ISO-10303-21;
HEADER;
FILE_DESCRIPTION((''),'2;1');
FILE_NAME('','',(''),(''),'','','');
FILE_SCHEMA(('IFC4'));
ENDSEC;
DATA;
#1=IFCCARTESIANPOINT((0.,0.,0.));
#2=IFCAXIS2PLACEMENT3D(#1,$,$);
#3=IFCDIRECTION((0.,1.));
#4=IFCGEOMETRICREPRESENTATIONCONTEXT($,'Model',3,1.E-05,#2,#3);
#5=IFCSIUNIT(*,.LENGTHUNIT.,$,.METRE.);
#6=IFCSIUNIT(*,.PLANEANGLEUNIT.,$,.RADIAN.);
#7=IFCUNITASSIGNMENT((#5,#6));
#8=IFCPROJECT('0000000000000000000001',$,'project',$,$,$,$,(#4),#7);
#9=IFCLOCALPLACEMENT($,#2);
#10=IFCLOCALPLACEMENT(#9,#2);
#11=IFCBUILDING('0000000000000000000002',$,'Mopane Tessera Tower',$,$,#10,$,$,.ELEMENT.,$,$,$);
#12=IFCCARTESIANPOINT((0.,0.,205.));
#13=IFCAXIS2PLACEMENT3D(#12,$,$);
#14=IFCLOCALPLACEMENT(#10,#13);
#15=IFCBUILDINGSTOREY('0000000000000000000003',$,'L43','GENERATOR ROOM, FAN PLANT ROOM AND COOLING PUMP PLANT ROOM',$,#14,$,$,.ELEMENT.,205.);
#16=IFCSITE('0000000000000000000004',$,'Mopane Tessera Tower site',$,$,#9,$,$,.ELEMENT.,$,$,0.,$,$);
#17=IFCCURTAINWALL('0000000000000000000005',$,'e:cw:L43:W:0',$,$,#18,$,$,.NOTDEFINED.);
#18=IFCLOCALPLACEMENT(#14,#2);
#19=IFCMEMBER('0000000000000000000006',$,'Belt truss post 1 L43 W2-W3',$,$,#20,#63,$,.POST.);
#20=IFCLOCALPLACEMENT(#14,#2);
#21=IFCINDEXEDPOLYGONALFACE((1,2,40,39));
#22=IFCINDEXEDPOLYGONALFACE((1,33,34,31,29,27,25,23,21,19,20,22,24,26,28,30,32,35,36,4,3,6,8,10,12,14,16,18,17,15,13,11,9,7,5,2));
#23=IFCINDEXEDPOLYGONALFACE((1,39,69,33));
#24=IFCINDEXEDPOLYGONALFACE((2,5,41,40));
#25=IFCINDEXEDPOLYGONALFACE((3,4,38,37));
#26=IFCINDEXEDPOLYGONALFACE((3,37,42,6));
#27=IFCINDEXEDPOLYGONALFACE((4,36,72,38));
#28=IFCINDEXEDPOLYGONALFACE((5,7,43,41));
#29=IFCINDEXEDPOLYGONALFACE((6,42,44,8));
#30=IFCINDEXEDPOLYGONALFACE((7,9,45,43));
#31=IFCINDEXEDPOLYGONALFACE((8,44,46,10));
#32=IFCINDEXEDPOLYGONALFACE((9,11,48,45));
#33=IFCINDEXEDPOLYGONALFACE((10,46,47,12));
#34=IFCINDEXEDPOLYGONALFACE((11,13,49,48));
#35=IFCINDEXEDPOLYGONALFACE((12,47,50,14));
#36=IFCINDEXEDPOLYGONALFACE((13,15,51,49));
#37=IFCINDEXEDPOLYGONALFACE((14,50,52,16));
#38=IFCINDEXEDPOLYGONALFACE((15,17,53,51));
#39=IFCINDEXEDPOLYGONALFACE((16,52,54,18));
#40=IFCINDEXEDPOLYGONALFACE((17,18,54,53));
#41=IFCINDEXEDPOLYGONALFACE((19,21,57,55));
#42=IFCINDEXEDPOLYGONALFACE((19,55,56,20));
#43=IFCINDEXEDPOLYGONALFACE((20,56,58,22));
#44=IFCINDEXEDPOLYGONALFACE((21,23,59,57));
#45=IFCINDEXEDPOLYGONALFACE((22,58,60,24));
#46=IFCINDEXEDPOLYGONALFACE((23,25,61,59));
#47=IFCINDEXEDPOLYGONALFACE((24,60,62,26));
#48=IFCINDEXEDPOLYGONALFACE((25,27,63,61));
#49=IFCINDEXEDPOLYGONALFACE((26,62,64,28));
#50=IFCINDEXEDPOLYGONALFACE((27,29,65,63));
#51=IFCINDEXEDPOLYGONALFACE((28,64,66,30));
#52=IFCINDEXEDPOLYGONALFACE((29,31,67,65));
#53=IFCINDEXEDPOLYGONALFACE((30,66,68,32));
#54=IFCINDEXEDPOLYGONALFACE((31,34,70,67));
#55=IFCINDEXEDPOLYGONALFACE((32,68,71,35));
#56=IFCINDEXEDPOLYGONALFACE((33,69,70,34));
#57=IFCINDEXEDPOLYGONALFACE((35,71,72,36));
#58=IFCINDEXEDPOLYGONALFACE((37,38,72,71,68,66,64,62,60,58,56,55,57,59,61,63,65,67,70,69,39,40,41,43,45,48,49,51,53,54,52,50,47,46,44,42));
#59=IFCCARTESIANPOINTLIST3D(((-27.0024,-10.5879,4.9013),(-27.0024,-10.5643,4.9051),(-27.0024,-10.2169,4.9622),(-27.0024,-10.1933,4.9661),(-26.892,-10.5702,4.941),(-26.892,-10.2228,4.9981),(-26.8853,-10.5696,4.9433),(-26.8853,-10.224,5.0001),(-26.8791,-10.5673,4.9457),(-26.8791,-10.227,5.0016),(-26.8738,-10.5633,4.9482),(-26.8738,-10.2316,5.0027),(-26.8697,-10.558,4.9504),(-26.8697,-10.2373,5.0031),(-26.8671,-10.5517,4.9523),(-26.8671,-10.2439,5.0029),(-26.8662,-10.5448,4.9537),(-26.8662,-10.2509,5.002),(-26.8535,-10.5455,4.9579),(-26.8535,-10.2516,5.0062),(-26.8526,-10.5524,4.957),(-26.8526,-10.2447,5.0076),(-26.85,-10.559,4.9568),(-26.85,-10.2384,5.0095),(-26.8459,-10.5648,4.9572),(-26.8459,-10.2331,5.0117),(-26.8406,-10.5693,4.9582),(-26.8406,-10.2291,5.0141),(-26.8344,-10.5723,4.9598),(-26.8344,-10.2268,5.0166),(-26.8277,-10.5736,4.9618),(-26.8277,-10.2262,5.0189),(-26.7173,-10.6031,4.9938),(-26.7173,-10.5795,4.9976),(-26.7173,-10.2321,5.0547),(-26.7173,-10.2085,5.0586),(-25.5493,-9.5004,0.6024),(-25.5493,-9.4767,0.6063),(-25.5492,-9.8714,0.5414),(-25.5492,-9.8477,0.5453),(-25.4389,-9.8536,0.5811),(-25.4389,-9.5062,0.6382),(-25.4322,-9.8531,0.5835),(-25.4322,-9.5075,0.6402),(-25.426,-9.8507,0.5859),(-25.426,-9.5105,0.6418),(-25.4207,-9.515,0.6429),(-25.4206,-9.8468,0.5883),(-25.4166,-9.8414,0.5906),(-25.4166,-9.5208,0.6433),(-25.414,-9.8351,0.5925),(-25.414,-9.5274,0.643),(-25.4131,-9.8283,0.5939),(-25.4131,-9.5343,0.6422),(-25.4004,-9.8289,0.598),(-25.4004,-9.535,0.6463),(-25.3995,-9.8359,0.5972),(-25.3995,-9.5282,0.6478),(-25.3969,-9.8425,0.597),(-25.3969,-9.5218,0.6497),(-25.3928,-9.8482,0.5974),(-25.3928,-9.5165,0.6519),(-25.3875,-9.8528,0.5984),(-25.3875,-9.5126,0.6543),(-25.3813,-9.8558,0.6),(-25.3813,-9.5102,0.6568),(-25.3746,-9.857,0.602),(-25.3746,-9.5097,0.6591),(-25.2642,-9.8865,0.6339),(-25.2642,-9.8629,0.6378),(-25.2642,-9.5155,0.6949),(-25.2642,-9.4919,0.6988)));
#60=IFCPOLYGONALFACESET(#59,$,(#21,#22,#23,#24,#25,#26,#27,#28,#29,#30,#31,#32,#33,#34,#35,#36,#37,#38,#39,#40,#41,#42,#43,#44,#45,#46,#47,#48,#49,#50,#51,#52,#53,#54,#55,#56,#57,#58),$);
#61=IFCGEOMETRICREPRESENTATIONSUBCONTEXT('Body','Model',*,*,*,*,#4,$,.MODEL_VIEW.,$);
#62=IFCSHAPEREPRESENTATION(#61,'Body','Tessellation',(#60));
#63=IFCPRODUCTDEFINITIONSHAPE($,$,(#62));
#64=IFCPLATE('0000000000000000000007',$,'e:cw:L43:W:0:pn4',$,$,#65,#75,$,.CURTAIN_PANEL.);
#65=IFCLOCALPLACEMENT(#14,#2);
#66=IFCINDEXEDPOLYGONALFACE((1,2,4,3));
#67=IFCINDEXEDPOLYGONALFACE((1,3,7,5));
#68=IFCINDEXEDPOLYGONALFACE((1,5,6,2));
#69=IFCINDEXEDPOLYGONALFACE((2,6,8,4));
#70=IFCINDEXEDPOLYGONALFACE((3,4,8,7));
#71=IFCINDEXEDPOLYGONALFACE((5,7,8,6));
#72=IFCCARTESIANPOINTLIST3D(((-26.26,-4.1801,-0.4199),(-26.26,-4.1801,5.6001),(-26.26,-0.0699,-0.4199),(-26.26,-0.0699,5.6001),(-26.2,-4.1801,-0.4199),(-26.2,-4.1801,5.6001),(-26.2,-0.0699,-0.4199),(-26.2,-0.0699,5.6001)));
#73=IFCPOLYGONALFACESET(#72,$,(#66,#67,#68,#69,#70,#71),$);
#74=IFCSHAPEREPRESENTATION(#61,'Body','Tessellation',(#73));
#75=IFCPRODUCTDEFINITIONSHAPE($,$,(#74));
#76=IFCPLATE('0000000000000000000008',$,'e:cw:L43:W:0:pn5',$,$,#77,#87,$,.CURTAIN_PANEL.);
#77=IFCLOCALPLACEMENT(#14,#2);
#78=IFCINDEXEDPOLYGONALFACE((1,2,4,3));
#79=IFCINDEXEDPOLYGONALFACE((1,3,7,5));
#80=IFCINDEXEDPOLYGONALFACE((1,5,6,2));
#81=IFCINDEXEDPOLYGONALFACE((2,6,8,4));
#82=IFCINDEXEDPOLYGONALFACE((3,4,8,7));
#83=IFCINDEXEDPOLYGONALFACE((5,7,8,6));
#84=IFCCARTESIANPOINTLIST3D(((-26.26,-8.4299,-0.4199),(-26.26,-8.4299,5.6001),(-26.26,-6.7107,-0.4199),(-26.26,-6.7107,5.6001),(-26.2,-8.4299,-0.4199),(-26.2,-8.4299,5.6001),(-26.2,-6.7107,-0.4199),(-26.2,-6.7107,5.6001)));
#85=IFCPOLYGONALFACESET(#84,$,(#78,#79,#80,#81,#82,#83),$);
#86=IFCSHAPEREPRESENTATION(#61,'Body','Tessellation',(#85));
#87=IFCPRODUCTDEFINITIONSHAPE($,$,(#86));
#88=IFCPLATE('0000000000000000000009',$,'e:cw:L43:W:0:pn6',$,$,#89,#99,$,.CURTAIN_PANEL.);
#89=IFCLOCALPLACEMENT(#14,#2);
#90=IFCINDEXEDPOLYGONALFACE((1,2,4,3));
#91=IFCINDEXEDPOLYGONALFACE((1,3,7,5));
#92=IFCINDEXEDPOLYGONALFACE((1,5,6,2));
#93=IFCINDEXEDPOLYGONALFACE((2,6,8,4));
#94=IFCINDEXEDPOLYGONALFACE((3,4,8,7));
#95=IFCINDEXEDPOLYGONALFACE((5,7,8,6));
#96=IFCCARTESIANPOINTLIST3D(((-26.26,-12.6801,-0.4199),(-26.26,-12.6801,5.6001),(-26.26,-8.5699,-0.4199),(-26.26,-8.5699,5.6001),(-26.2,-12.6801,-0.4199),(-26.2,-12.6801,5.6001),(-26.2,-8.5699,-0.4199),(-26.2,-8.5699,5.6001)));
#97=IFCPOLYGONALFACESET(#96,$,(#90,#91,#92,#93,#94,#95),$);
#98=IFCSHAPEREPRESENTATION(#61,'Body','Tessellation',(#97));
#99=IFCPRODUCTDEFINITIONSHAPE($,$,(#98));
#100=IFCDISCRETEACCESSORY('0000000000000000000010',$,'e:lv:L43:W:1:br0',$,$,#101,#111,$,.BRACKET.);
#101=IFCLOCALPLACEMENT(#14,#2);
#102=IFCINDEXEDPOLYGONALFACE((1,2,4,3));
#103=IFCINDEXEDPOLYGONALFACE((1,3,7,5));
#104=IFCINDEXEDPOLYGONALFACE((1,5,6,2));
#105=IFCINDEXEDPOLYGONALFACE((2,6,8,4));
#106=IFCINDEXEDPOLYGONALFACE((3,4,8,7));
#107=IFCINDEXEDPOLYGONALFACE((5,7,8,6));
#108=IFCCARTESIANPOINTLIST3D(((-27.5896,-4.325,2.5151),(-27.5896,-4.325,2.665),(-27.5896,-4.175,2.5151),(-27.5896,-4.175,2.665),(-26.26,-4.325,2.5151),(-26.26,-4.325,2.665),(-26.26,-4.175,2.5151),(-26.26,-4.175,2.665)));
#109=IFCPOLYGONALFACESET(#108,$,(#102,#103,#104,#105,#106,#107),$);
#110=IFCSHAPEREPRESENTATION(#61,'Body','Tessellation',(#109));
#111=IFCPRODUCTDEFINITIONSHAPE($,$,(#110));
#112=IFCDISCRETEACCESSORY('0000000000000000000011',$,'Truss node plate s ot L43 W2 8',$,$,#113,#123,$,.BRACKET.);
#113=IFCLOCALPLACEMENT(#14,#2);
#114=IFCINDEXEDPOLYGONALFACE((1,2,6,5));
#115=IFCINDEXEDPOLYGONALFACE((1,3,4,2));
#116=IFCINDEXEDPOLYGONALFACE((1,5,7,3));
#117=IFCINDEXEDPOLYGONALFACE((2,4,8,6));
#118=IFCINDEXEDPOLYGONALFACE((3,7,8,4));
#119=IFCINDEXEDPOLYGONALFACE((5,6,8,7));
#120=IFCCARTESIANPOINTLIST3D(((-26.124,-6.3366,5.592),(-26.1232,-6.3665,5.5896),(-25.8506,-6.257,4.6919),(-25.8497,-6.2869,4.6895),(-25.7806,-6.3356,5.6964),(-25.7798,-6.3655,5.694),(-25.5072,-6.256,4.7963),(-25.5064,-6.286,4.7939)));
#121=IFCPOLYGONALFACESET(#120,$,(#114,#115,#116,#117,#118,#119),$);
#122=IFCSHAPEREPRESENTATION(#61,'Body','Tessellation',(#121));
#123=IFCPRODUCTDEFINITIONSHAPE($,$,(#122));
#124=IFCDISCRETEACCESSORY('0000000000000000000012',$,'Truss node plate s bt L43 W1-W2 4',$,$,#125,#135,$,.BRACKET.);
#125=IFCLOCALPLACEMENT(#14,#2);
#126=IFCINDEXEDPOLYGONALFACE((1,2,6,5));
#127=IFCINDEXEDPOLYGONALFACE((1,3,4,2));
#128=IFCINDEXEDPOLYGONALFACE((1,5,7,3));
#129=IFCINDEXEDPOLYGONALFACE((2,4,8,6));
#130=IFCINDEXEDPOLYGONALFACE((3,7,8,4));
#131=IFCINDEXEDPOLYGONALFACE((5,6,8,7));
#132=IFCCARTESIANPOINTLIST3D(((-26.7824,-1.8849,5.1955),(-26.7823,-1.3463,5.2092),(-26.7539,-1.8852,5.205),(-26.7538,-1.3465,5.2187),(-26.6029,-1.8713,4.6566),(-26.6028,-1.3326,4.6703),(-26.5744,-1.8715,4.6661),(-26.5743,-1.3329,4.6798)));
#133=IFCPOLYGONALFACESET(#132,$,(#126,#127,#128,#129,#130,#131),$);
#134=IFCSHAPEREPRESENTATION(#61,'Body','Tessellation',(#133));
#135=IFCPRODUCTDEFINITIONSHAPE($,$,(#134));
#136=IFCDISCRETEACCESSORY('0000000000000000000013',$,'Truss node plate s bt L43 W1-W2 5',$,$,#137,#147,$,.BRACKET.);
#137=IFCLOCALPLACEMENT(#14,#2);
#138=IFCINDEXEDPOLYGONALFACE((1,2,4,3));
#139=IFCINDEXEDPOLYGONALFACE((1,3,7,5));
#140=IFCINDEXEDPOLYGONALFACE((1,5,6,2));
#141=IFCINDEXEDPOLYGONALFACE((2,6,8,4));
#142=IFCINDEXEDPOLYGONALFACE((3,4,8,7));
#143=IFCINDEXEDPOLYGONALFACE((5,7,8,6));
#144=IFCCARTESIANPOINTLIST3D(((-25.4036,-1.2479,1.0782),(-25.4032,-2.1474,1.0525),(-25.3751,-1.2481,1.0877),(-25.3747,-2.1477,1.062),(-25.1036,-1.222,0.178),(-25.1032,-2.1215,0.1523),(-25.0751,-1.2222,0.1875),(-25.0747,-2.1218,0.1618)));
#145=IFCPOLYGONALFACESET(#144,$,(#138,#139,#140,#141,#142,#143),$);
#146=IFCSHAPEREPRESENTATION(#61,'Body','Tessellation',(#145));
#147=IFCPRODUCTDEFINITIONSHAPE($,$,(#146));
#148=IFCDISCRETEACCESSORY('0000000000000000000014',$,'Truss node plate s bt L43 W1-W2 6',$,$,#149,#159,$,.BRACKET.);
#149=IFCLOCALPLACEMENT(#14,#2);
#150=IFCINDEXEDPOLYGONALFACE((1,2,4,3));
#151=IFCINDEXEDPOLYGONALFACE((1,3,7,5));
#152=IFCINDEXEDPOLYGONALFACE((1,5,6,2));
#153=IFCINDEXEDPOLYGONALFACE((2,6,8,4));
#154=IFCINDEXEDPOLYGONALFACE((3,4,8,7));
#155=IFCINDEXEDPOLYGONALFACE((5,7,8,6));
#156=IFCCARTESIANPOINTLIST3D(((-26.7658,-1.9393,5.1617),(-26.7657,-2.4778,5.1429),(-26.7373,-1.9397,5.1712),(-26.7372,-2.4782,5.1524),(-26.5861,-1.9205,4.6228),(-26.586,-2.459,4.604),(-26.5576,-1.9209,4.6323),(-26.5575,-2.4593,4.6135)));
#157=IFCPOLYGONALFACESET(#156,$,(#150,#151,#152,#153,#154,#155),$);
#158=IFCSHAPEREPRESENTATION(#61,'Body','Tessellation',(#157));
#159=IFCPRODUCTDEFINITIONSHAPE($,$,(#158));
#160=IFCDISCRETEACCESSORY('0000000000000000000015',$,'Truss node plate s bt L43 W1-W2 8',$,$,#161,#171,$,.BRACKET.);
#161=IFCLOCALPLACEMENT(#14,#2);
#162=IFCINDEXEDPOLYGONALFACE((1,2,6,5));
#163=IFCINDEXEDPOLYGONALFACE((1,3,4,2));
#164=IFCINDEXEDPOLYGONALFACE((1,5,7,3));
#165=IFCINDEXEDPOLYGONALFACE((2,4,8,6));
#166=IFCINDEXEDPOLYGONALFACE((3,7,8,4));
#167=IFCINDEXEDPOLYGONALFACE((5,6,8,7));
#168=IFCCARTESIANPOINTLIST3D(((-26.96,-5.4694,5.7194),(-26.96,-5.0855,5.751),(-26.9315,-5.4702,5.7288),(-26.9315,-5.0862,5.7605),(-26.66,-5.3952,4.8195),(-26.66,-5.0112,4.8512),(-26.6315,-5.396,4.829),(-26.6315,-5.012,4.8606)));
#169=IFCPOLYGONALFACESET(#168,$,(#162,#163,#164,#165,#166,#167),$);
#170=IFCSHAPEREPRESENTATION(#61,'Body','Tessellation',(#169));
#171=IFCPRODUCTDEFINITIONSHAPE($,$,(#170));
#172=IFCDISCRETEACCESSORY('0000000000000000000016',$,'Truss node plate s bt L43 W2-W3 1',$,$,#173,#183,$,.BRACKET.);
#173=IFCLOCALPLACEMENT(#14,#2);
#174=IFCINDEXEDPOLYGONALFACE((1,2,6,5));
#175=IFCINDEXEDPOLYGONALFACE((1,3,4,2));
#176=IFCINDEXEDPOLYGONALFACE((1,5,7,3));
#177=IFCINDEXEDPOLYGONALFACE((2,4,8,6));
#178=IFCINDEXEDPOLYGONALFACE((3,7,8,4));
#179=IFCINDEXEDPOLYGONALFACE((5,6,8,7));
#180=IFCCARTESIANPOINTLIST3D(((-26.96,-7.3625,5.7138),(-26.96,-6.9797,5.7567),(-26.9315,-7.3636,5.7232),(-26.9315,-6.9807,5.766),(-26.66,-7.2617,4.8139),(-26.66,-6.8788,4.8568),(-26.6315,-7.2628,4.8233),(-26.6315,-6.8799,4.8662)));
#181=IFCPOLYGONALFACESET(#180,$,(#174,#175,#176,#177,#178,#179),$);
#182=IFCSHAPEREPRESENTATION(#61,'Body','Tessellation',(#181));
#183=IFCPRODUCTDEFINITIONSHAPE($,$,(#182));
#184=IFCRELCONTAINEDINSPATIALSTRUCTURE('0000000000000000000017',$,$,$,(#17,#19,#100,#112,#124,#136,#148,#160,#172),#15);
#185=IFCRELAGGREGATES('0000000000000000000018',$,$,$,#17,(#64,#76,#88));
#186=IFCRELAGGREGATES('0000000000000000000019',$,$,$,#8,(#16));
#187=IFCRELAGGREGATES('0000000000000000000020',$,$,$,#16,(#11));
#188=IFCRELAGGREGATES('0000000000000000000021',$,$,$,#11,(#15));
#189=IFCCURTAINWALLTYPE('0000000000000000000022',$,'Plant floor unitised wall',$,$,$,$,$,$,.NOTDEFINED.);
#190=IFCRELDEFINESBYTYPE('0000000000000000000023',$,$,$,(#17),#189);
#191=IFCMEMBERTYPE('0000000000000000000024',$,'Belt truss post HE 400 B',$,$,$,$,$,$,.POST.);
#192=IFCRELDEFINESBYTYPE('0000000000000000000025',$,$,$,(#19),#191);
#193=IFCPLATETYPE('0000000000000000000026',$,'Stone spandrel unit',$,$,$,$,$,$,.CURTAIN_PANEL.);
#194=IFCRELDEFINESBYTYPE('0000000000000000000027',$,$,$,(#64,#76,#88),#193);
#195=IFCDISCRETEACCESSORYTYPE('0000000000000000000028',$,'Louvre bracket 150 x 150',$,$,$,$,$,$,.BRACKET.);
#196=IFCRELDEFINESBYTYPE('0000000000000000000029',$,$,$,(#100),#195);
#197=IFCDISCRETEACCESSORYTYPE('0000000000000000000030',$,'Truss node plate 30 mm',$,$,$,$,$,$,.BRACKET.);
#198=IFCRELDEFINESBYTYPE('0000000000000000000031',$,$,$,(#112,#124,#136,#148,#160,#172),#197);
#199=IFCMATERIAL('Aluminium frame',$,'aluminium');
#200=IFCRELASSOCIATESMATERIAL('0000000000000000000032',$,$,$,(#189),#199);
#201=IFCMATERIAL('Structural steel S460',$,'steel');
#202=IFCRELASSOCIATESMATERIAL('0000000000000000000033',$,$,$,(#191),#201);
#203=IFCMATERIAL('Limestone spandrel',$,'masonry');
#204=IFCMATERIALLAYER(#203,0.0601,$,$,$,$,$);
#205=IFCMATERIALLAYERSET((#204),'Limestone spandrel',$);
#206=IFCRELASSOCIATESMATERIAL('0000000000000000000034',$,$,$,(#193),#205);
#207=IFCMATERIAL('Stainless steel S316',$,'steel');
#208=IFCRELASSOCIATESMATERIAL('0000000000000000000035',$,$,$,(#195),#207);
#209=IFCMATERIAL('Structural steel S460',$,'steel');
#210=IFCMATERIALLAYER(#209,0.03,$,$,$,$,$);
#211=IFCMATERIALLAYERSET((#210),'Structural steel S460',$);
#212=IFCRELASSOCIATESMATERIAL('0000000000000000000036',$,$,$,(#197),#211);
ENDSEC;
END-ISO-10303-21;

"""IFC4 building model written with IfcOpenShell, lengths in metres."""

from ifc_helpers import new_model, si_unit, direction, frame, origin, origin_2d, place, context, subcontext, project, spatial, rectangle, i_section, extrude, material, layer, layer_set, material_profile, profile_set, type_object, element, aggregate, save


model = new_model("IFC4")

# Units and contexts
model_context = context("Model", 3, precision=1e-05, world=origin(), true_north=direction((0.0, 1.0)))
body_context = subcontext(model_context, "Body", "Model", "MODEL_VIEW")
ifc_project = project(units=[si_unit("LENGTHUNIT", "METRE"), si_unit("PLANEANGLEUNIT", "RADIAN")], contexts=[model_context])

# Site, building, storey
site_placement = place(None, origin())
site = spatial("IfcSite", under=ifc_project, at=site_placement, Name="Mopane Tessera Tower site", CompositionType="ELEMENT", RefElevation=0.0)
building_placement = place(site_placement, origin())
building = spatial("IfcBuilding", under=site, at=building_placement, Name="Mopane Tessera Tower", CompositionType="ELEMENT")
storey_placement = place(building_placement, frame((0.0, 0.0, 205.0)))
storey = spatial("IfcBuildingStorey", under=building, at=storey_placement, Name="L43", Description="GENERATOR ROOM, FAN PLANT ROOM AND COOLING PUMP PLANT ROOM", CompositionType="ELEMENT", Elevation=205.0)

# Curtain wall
ifc_material_1 = material(Name="Aluminium frame", Category="aluminium")
curtain_wall_type = type_object("IfcCurtainWallType", Name="Plant floor unitised wall", PredefinedType="NOTDEFINED", material=ifc_material_1)
curtain_wall_placement = place(storey_placement, origin())
curtain_wall = element("IfcCurtainWall", 1, at=curtain_wall_placement, inside=storey, type_object=curtain_wall_type, Name="e:cw:L43:W:0", PredefinedType="NOTDEFINED")

# Member
ifc_material_2 = material(Name="Structural steel S460", Category="steel")
ifc_material_profile_1 = material_profile(ifc_material_2, i_section(OverallWidth=0.3, OverallDepth=0.3999, WebThickness=0.0134, FlangeThickness=0.0239, FilletRadius=0.0271, at=origin_2d()))
ifc_profile_set_1 = profile_set([ifc_material_profile_1], Name="Structural steel S460")
member_type_1 = type_object("IfcMemberType", Name="Belt truss post HE 400 B", PredefinedType="POST", material=ifc_profile_set_1)
member_1_placement = place(storey_placement, frame((-25.4067, -9.6816, 0.6201), z_axis=(-0.312421, -0.154058, 0.937368), x_axis=(0.949944, -0.050617, 0.308293)))
element("IfcMember", 2, at=member_1_placement, inside=storey, type_object=member_type_1, Name="Belt truss post 1 L43 W2-W3", PredefinedType="POST", context=body_context, shape_type="SweptSolid", body=[
    extrude(i_section(OverallWidth=0.3, OverallDepth=0.3999, WebThickness=0.0134, FlangeThickness=0.0239, FilletRadius=0.0271, at=origin_2d()), origin(), (0.0, 0.0, 1.0), 4.6511),
])

# Plates
ifc_material_3 = material(Name="Limestone spandrel", Category="masonry")
ifc_layer_1 = layer(ifc_material_3, 0.0601)
ifc_layer_set_1 = layer_set([ifc_layer_1], Name="Limestone spandrel")
plate_type = type_object("IfcPlateType", Name="Stone spandrel unit", PredefinedType="CURTAIN_PANEL", material=ifc_layer_set_1)
plate_1_placement = place(storey_placement, frame((-26.23, -2.125, -0.4199), z_axis=(0.0, 0.0, 1.0), x_axis=(0.0, -1.0, 0.0)))
plate_1 = element("IfcPlate", 3, at=plate_1_placement, type_object=plate_type, Name="e:cw:L43:W:0:pn4", PredefinedType="CURTAIN_PANEL", context=body_context, shape_type="SweptSolid", body=[
    extrude(rectangle(XDim=4.1101, YDim=0.0601, at=origin_2d()), origin(), (0.0, 0.0, 1.0), 6.02),
])
plate_2_placement = place(storey_placement, frame((-26.23, -7.5703, -0.4199), z_axis=(0.0, 0.0, 1.0), x_axis=(0.0, -1.0, 0.0)))
plate_2 = element("IfcPlate", 4, at=plate_2_placement, type_object=plate_type, Name="e:cw:L43:W:0:pn5", PredefinedType="CURTAIN_PANEL", context=body_context, shape_type="SweptSolid", body=[
    extrude(rectangle(XDim=1.7192, YDim=0.0601, at=origin_2d()), origin(), (0.0, 0.0, 1.0), 6.02),
])
plate_3_placement = place(storey_placement, frame((-26.23, -10.625, -0.4199), z_axis=(0.0, 0.0, 1.0), x_axis=(0.0, -1.0, 0.0)))
plate_3 = element("IfcPlate", 5, at=plate_3_placement, type_object=plate_type, Name="e:cw:L43:W:0:pn6", PredefinedType="CURTAIN_PANEL", context=body_context, shape_type="SweptSolid", body=[
    extrude(rectangle(XDim=4.1101, YDim=0.0601, at=origin_2d()), origin(), (0.0, 0.0, 1.0), 6.02),
])
aggregate(curtain_wall, [plate_1, plate_2, plate_3])

# Discrete accessories
ifc_material_4 = material(Name="Stainless steel S316", Category="steel")
discrete_accessory_type_1 = type_object("IfcDiscreteAccessoryType", Name="Louvre bracket 150 x 150", PredefinedType="BRACKET", material=ifc_material_4)
discrete_accessory_1_placement = place(storey_placement, frame((-26.9248, -4.25, 2.5151), z_axis=(0.0, 0.0, 1.0), x_axis=(-1.0, 0.0, 0.0)))
element("IfcDiscreteAccessory", 6, at=discrete_accessory_1_placement, inside=storey, type_object=discrete_accessory_type_1, Name="e:lv:L43:W:1:br0", PredefinedType="BRACKET", context=body_context, shape_type="SweptSolid", body=[
    extrude(rectangle(XDim=1.3296, YDim=0.1499, at=origin_2d()), origin(), (0.0, 0.0, 1.0), 0.1499),
])
ifc_material_5 = material(Name="Structural steel S460", Category="steel")
ifc_layer_2 = layer(ifc_material_5, 0.03)
ifc_layer_set_2 = layer_set([ifc_layer_2], Name="Structural steel S460")
discrete_accessory_type_2 = type_object("IfcDiscreteAccessoryType", Name="Truss node plate 30 mm", PredefinedType="BRACKET", material=ifc_layer_set_2)
discrete_accessory_2_placement = place(storey_placement, frame((-25.6785, -6.2715, 4.7429), z_axis=(-0.289621, -0.0843, 0.953422), x_axis=(0.027152, -0.996437, -0.079856)))
element("IfcDiscreteAccessory", 7, at=discrete_accessory_2_placement, inside=storey, type_object=discrete_accessory_type_2, Name="Truss node plate s ot L43 W2 8", PredefinedType="BRACKET", context=body_context, shape_type="SweptSolid", body=[
    extrude(rectangle(XDim=0.03, YDim=0.3589, at=origin_2d()), origin(), (0.0, 0.0, 1.0), 0.9441),
])
discrete_accessory_3_placement = place(storey_placement, frame((-26.5886, -1.6021, 4.6682), z_axis=(-0.315878, -0.024067, 0.948494), x_axis=(0.9488, -0.008166, 0.315773)))
element("IfcDiscreteAccessory", 8, at=discrete_accessory_3_placement, inside=storey, type_object=discrete_accessory_type_2, Name="Truss node plate s bt L43 W1-W2 4", PredefinedType="BRACKET", context=body_context, shape_type="SweptSolid", body=[
    extrude(rectangle(XDim=0.03, YDim=0.5388, at=origin_2d()), origin(), (0.0, 0.0, 1.0), 0.5681),
])
discrete_accessory_4_placement = place(storey_placement, frame((-25.0891, -1.6719, 0.1699), z_axis=(-0.31611, -0.027264, 0.948331), x_axis=(0.948722, -0.008608, 0.315993)))
element("IfcDiscreteAccessory", 9, at=discrete_accessory_4_placement, inside=storey, type_object=discrete_accessory_type_2, Name="Truss node plate s bt L43 W1-W2 5", PredefinedType="BRACKET", context=body_context, shape_type="SweptSolid", body=[
    extrude(rectangle(XDim=0.03, YDim=0.8999, at=origin_2d()), origin(), (0.0, 0.0, 1.0), 0.9492),
])
discrete_accessory_5_placement = place(storey_placement, frame((-26.5718, -2.1899, 4.6182), z_axis=(-0.316184, -0.033079, 0.948121), x_axis=(0.948698, -0.010816, 0.315999)))
element("IfcDiscreteAccessory", 10, at=discrete_accessory_5_placement, inside=storey, type_object=discrete_accessory_type_2, Name="Truss node plate s bt L43 W1-W2 6", PredefinedType="BRACKET", context=body_context, shape_type="SweptSolid", body=[
    extrude(rectangle(XDim=0.03, YDim=0.5388, at=origin_2d()), origin(), (0.0, 0.0, 1.0), 0.5684),
])
discrete_accessory_6_placement = place(storey_placement, frame((-26.6458, -5.2036, 4.8401), z_axis=(-0.315341, -0.078001, 0.945767), x_axis=(0.948978, -0.025824, 0.314282)))
element("IfcDiscreteAccessory", 11, at=discrete_accessory_6_placement, inside=storey, type_object=discrete_accessory_type_2, Name="Truss node plate s bt L43 W1-W2 8", PredefinedType="BRACKET", context=body_context, shape_type="SweptSolid", body=[
    extrude(rectangle(XDim=0.03, YDim=0.3853, at=origin_2d()), origin(), (0.0, 0.0, 1.0), 0.9514),
])
discrete_accessory_7_placement = place(storey_placement, frame((-26.6458, -7.0708, 4.8401), z_axis=(-0.314533, -0.105697, 0.943343), x_axis=(0.949246, -0.034966, 0.312584)))
element("IfcDiscreteAccessory", 12, at=discrete_accessory_7_placement, inside=storey, type_object=discrete_accessory_type_2, Name="Truss node plate s bt L43 W2-W3 1", PredefinedType="BRACKET", context=body_context, shape_type="SweptSolid", body=[
    extrude(rectangle(XDim=0.03, YDim=0.3853, at=origin_2d()), origin(), (0.0, 0.0, 1.0), 0.9539),
])

save(model, "model.ifc")
